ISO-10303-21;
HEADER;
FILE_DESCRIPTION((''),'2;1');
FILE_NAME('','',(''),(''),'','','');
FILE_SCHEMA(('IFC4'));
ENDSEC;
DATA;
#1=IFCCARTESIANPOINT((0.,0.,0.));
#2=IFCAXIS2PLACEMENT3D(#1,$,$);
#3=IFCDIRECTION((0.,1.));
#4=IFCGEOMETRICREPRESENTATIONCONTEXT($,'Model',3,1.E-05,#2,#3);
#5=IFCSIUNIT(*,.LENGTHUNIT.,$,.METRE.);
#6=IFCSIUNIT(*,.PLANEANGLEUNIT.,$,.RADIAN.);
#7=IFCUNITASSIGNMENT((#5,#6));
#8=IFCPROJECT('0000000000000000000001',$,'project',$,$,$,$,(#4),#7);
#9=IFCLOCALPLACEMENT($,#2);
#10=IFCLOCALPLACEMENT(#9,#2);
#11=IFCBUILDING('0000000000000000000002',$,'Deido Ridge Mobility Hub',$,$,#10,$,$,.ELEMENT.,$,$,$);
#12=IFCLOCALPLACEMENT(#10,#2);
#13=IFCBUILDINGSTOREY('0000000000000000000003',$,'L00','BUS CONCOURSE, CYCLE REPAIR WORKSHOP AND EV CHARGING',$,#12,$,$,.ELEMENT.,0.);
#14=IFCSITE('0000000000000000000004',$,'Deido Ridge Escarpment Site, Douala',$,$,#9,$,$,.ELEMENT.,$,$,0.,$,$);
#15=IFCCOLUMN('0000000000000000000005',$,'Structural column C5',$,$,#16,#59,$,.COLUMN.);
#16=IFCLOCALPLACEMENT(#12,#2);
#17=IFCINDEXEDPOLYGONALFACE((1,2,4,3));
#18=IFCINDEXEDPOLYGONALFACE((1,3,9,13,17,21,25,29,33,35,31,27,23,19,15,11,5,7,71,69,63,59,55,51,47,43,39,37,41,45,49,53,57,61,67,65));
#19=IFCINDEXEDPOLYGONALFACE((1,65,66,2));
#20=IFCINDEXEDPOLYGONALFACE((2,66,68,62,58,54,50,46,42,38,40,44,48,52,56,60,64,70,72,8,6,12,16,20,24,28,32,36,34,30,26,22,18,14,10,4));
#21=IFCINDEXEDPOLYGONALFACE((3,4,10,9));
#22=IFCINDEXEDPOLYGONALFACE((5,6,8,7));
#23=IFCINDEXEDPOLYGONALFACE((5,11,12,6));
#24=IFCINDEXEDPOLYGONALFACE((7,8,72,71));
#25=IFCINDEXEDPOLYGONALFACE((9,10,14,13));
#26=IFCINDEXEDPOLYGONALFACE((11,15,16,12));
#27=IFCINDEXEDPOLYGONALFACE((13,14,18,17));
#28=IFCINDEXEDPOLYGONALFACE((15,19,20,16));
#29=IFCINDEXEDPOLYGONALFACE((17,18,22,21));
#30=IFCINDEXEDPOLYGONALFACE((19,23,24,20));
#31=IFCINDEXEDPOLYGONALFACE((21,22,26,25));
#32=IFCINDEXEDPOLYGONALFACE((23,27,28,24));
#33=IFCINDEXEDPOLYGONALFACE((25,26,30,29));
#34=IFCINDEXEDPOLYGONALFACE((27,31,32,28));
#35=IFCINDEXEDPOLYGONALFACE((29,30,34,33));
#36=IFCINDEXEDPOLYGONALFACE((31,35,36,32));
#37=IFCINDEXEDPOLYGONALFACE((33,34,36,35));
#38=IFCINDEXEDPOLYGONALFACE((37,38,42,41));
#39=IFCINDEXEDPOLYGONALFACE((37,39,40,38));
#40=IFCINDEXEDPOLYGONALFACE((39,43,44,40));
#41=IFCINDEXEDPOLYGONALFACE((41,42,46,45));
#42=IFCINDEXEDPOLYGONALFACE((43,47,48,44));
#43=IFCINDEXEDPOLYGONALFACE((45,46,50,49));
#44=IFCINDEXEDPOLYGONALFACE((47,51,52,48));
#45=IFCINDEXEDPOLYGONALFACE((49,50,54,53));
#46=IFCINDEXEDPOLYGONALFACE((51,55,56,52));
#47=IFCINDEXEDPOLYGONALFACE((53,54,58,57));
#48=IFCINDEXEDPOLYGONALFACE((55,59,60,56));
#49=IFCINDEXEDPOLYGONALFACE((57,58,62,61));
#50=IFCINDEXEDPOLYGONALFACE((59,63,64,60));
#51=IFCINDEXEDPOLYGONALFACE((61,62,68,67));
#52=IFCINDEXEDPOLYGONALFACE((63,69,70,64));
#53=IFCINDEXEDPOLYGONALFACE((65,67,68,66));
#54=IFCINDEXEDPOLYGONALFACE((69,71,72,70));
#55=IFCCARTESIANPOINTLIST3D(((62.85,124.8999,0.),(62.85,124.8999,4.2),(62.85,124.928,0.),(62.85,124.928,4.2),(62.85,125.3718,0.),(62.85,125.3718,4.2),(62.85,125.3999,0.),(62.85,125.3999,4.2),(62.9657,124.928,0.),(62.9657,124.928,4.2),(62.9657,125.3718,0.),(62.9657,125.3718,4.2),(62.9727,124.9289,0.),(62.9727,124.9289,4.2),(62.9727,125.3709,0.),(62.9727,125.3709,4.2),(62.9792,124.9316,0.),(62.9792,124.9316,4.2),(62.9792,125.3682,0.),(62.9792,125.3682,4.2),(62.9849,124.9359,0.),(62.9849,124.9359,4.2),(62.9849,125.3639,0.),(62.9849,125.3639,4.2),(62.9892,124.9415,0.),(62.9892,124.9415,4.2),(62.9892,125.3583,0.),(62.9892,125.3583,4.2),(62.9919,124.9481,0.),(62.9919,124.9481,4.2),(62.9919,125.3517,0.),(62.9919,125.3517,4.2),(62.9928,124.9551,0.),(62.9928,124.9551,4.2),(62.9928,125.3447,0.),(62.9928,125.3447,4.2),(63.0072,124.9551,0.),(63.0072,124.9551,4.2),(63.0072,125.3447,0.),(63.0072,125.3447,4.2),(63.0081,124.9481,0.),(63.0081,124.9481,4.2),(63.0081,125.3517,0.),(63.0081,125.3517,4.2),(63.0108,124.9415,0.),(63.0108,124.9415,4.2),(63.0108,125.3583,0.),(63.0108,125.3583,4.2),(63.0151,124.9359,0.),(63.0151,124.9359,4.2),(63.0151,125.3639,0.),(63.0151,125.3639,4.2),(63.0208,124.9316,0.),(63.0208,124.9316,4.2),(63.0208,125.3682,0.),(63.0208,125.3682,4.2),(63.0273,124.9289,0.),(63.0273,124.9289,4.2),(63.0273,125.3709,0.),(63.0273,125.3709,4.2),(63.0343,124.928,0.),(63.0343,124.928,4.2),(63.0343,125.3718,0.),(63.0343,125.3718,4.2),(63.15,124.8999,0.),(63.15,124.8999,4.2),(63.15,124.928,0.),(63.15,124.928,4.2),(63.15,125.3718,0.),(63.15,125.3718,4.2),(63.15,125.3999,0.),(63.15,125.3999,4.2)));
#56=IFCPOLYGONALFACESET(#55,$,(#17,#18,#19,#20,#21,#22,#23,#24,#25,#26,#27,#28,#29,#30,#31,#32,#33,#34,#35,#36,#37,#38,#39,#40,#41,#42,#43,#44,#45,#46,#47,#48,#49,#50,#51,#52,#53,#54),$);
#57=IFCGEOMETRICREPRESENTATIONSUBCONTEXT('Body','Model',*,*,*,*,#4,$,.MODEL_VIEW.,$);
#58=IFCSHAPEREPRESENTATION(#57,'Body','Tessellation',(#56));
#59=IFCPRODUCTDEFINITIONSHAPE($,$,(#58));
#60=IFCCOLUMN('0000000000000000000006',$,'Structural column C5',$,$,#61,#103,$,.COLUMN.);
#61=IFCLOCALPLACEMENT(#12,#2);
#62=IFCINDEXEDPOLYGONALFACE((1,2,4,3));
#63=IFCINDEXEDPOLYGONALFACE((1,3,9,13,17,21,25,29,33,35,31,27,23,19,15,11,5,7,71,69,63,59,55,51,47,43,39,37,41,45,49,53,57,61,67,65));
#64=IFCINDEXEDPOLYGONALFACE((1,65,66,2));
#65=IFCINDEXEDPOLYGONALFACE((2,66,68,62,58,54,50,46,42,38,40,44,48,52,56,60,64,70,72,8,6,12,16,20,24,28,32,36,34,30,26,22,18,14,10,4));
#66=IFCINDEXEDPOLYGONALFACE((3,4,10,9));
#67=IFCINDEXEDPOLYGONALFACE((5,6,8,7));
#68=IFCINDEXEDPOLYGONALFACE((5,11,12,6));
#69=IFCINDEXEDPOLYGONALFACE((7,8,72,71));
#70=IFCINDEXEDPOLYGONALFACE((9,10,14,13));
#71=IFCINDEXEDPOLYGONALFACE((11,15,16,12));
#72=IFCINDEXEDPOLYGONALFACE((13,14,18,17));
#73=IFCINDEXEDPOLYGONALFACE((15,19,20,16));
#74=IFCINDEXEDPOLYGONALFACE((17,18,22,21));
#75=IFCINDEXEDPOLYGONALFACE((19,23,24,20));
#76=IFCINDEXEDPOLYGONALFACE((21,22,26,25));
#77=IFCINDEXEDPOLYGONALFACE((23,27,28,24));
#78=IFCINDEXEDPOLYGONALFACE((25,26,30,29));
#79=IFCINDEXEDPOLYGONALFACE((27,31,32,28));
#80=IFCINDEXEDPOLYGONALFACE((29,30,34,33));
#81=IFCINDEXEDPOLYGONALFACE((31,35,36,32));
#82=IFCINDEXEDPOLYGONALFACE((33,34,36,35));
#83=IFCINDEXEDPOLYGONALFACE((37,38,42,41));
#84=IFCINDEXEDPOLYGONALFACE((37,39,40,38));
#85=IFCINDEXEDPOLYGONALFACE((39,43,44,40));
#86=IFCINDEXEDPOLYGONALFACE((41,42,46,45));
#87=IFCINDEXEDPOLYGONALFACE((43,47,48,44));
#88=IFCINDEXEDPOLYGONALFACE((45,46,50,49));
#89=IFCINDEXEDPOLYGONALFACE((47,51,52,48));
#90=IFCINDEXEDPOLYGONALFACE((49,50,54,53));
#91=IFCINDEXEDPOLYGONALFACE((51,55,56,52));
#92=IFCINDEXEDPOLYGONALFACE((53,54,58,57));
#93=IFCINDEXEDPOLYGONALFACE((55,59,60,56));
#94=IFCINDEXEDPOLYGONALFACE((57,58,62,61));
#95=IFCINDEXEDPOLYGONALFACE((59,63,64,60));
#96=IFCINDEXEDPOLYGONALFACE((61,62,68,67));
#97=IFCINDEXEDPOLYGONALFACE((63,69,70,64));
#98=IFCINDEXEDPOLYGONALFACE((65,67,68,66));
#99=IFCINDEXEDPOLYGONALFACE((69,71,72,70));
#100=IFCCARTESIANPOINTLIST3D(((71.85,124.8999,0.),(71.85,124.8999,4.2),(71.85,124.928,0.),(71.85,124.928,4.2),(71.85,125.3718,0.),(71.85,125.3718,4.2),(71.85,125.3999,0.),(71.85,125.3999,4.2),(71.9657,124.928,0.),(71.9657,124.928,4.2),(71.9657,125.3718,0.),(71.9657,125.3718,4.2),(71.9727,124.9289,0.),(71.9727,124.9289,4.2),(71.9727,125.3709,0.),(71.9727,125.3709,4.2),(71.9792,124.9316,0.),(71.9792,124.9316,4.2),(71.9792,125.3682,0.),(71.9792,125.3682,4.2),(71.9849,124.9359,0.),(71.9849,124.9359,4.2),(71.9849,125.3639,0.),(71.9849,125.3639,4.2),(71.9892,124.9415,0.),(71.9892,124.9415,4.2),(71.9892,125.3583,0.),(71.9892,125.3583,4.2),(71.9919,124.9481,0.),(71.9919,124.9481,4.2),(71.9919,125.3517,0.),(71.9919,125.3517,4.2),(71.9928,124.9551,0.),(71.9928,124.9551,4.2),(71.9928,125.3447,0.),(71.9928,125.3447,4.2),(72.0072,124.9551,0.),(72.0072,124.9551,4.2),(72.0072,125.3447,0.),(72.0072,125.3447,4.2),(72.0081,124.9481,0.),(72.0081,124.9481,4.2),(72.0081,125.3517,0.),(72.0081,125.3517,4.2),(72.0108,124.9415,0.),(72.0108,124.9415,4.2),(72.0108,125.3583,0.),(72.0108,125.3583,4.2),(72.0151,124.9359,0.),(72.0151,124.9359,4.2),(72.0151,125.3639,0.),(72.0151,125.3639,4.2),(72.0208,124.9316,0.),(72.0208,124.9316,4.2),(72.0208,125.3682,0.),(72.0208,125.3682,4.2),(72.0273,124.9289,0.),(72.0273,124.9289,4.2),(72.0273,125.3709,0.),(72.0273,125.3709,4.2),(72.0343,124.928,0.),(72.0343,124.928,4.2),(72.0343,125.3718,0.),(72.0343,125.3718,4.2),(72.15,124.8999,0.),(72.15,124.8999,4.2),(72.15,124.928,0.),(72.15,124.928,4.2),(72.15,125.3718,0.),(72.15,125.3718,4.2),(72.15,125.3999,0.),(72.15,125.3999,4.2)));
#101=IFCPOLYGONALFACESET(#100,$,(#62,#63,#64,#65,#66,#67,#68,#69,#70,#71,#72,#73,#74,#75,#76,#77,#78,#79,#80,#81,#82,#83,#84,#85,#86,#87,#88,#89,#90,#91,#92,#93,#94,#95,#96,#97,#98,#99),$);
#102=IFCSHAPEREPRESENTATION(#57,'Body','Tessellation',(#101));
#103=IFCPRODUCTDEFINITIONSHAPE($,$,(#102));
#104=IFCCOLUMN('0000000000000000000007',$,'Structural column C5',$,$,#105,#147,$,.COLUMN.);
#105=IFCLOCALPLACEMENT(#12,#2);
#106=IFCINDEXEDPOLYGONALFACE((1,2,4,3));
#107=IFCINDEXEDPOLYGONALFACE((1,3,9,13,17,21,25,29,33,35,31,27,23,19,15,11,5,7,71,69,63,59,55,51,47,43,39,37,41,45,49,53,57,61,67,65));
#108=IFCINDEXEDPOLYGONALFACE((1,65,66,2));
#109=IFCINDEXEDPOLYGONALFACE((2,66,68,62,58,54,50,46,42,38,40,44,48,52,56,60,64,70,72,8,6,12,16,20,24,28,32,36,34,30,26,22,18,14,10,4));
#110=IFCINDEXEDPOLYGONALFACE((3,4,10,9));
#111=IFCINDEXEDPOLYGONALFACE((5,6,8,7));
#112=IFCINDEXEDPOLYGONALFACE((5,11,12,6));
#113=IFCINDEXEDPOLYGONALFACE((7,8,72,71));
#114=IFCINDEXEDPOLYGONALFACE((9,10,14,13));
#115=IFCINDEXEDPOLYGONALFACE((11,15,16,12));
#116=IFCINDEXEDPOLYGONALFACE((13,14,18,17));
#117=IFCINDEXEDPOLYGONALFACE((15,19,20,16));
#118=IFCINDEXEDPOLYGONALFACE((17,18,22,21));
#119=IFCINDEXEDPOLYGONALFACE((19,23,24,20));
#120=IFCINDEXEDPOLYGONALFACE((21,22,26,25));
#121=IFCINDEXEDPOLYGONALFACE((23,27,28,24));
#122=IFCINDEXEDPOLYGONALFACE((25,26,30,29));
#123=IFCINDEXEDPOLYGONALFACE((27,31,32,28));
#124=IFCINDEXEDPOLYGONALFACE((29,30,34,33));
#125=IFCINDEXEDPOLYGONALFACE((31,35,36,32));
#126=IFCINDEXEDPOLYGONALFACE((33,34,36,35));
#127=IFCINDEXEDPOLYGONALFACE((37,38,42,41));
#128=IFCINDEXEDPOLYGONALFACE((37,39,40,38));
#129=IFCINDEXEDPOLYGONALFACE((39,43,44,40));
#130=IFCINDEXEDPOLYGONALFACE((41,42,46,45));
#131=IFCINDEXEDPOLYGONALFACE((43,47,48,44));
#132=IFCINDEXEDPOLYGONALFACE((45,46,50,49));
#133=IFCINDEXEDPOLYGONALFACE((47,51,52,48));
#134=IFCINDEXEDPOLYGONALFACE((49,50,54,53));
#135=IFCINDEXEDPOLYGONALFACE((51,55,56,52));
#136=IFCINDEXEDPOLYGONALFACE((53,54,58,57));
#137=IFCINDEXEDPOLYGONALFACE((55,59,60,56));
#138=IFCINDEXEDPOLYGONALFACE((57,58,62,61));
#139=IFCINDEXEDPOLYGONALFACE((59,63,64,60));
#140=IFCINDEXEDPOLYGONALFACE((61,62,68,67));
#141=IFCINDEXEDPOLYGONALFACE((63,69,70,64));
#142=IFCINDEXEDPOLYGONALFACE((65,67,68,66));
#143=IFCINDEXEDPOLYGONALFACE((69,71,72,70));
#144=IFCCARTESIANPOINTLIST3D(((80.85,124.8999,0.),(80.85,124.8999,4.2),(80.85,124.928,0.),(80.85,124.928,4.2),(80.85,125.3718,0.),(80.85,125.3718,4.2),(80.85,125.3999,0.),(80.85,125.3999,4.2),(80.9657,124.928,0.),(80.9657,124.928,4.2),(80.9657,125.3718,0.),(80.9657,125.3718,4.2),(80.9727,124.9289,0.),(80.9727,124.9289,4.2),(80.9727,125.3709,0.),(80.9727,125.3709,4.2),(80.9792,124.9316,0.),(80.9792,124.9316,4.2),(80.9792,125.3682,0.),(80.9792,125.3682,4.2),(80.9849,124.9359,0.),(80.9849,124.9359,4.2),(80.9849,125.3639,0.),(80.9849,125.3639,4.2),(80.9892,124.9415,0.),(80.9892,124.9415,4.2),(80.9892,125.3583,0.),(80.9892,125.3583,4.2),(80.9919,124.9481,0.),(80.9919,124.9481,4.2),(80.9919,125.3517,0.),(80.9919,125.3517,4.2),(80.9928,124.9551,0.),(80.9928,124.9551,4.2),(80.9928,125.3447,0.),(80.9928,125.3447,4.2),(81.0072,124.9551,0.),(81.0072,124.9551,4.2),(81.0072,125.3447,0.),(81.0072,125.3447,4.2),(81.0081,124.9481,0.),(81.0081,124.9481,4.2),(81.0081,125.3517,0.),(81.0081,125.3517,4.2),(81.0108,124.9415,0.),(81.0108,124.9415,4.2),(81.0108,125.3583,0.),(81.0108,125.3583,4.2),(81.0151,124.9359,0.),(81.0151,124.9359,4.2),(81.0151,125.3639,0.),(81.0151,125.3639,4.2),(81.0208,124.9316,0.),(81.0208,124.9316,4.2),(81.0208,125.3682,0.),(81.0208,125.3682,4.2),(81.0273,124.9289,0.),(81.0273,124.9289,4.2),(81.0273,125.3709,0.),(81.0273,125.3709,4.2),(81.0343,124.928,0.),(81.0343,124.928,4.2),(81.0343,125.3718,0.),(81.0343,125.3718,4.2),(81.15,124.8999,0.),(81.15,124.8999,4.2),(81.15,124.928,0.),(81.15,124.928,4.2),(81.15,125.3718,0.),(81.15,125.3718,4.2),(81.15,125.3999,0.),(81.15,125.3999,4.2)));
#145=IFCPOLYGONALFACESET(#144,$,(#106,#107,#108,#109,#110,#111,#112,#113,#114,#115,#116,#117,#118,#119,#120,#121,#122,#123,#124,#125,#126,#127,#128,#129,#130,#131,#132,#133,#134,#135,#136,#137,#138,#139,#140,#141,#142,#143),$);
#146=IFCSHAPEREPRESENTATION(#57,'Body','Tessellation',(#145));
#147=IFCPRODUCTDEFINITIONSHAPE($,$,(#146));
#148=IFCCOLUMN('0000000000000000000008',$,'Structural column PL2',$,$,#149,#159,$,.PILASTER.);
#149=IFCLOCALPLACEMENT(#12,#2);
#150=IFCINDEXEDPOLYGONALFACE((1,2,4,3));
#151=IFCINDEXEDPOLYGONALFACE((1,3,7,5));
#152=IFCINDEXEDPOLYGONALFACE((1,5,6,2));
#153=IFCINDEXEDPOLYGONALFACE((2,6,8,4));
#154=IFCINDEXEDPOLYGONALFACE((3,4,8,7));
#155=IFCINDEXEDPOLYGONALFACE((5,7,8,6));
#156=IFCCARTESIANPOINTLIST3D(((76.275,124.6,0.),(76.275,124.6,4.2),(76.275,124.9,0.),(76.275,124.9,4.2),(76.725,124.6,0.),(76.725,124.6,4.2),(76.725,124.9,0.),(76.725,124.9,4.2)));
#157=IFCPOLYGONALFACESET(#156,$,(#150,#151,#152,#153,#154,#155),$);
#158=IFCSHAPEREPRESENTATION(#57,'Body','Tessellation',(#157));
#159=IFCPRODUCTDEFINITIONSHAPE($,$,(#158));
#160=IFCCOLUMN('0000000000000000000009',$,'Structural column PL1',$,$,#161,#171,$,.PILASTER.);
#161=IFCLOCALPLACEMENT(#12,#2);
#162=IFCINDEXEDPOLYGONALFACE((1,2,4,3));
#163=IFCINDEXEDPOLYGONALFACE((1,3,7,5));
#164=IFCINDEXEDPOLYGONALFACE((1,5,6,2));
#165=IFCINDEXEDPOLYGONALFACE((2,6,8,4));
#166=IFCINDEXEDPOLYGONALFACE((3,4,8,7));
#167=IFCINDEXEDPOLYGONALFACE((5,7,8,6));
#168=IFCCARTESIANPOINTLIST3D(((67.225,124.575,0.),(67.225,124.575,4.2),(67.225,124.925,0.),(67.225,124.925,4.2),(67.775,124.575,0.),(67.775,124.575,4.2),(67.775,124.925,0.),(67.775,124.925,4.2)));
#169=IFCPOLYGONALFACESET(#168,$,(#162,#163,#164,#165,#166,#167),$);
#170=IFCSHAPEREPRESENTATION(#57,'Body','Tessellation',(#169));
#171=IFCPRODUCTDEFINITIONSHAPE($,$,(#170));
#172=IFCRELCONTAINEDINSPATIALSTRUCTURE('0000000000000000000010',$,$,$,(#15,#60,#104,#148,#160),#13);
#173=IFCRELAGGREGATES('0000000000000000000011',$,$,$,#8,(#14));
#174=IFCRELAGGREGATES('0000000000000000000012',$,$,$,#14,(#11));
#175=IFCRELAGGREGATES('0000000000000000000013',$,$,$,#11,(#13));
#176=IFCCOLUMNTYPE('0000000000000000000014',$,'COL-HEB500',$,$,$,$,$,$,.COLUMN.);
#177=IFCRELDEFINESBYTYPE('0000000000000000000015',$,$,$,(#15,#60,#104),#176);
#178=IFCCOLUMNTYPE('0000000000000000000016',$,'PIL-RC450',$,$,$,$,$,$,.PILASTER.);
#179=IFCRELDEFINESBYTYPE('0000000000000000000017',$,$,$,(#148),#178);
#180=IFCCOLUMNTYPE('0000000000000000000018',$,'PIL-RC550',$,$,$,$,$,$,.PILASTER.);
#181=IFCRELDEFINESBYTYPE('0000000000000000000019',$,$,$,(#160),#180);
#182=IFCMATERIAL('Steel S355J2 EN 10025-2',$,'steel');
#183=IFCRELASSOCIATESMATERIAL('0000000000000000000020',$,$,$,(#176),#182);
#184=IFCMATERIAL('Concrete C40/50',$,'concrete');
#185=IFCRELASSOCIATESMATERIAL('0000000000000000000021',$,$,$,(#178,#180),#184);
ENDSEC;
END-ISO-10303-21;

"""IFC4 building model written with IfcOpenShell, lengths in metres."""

from ifc_helpers import new_model, si_unit, direction, frame, origin, origin_2d, place, context, subcontext, project, spatial, rectangle, i_section, extrude, material, material_profile, profile_set, type_object, element, save


model = new_model("IFC4")

# Units and contexts
model_context = context("Model", 3, precision=1e-05, world=origin(), true_north=direction((0.0, 1.0)))
body_context = subcontext(model_context, "Body", "Model", "MODEL_VIEW")
ifc_project = project(units=[si_unit("LENGTHUNIT", "METRE"), si_unit("PLANEANGLEUNIT", "RADIAN")], contexts=[model_context])

# Site, building, storey
site_placement = place(None, origin())
site = spatial("IfcSite", under=ifc_project, at=site_placement, Name="Deido Ridge Escarpment Site, Douala", CompositionType="ELEMENT", RefElevation=0.0)
building_placement = place(site_placement, origin())
building = spatial("IfcBuilding", under=site, at=building_placement, Name="Deido Ridge Mobility Hub", CompositionType="ELEMENT")
storey_placement = place(building_placement, origin())
storey = spatial("IfcBuildingStorey", under=building, at=storey_placement, Name="L00", Description="BUS CONCOURSE, CYCLE REPAIR WORKSHOP AND EV CHARGING", CompositionType="ELEMENT", Elevation=0.0)

# Columns
ifc_material_1 = material(Name="Steel S355J2 EN 10025-2", Category="steel")
ifc_material_profile_1 = material_profile(ifc_material_1, i_section(OverallWidth=0.3, OverallDepth=0.5, WebThickness=0.0144, FlangeThickness=0.0281, FilletRadius=0.0271, at=origin_2d()), Name="HEB 500")
ifc_profile_set_1 = profile_set([ifc_material_profile_1], Name="Steel S355J2 EN 10025-2")
column_type_1 = type_object("IfcColumnType", Name="COL-HEB500", PredefinedType="COLUMN", material=ifc_profile_set_1)
for number, where, z_axis, x_axis, name in (
    (1, (63.0, 125.1499, 0.0), (0.0, 0.0, 1.0), (1.0, 0.0, 0.0), "Structural column C5"),
    (2, (72.0, 125.1499, 0.0), (0.0, 0.0, 1.0), (1.0, 0.0, 0.0), "Structural column C5"),
    (3, (81.0, 125.1499, 0.0), (0.0, 0.0, 1.0), (1.0, 0.0, 0.0), "Structural column C5"),
):
    element("IfcColumn", number, at=place(storey_placement, frame(where, z_axis=z_axis, x_axis=x_axis)), inside=storey, type_object=column_type_1, Name=name, PredefinedType="COLUMN", context=body_context, shape_type="SweptSolid", body=[
        extrude(i_section(OverallWidth=0.3, OverallDepth=0.5, WebThickness=0.0144, FlangeThickness=0.0281, FilletRadius=0.0271, at=origin_2d()), origin(), (0.0, 0.0, 1.0), 4.2),
    ])
ifc_material_2 = material(Name="Concrete C40/50", Category="concrete")
ifc_material_profile_2 = material_profile(ifc_material_2, rectangle(XDim=0.45, YDim=0.3, at=origin_2d()), Name="RC PILASTER 450x300")
ifc_profile_set_2 = profile_set([ifc_material_profile_2], Name="Concrete C40/50")
column_type_2 = type_object("IfcColumnType", Name="PIL-RC450", PredefinedType="PILASTER", material=ifc_profile_set_2)
column_1_placement = place(storey_placement, frame((76.5, 124.75, 0.0), z_axis=(0.0, 0.0, 1.0), x_axis=(1.0, 0.0, 0.0)))
element("IfcColumn", 4, at=column_1_placement, inside=storey, type_object=column_type_2, Name="Structural column PL2", PredefinedType="PILASTER", context=body_context, shape_type="SweptSolid", body=[
    extrude(rectangle(XDim=0.45, YDim=0.3, at=origin_2d()), origin(), (0.0, 0.0, 1.0), 4.2),
])
ifc_material_profile_3 = material_profile(ifc_material_2, rectangle(XDim=0.55, YDim=0.3501, at=origin_2d()), Name="RC PILASTER 550x350")
ifc_profile_set_3 = profile_set([ifc_material_profile_3], Name="Concrete C40/50")
column_type_3 = type_object("IfcColumnType", Name="PIL-RC550", PredefinedType="PILASTER", material=ifc_profile_set_3)
column_2_placement = place(storey_placement, frame((67.5, 124.75, 0.0), z_axis=(0.0, 0.0, 1.0), x_axis=(1.0, 0.0, 0.0)))
element("IfcColumn", 5, at=column_2_placement, inside=storey, type_object=column_type_3, Name="Structural column PL1", PredefinedType="PILASTER", context=body_context, shape_type="SweptSolid", body=[
    extrude(rectangle(XDim=0.55, YDim=0.3501, at=origin_2d()), origin(), (0.0, 0.0, 1.0), 4.2),
])

save(model, "model.ifc")
